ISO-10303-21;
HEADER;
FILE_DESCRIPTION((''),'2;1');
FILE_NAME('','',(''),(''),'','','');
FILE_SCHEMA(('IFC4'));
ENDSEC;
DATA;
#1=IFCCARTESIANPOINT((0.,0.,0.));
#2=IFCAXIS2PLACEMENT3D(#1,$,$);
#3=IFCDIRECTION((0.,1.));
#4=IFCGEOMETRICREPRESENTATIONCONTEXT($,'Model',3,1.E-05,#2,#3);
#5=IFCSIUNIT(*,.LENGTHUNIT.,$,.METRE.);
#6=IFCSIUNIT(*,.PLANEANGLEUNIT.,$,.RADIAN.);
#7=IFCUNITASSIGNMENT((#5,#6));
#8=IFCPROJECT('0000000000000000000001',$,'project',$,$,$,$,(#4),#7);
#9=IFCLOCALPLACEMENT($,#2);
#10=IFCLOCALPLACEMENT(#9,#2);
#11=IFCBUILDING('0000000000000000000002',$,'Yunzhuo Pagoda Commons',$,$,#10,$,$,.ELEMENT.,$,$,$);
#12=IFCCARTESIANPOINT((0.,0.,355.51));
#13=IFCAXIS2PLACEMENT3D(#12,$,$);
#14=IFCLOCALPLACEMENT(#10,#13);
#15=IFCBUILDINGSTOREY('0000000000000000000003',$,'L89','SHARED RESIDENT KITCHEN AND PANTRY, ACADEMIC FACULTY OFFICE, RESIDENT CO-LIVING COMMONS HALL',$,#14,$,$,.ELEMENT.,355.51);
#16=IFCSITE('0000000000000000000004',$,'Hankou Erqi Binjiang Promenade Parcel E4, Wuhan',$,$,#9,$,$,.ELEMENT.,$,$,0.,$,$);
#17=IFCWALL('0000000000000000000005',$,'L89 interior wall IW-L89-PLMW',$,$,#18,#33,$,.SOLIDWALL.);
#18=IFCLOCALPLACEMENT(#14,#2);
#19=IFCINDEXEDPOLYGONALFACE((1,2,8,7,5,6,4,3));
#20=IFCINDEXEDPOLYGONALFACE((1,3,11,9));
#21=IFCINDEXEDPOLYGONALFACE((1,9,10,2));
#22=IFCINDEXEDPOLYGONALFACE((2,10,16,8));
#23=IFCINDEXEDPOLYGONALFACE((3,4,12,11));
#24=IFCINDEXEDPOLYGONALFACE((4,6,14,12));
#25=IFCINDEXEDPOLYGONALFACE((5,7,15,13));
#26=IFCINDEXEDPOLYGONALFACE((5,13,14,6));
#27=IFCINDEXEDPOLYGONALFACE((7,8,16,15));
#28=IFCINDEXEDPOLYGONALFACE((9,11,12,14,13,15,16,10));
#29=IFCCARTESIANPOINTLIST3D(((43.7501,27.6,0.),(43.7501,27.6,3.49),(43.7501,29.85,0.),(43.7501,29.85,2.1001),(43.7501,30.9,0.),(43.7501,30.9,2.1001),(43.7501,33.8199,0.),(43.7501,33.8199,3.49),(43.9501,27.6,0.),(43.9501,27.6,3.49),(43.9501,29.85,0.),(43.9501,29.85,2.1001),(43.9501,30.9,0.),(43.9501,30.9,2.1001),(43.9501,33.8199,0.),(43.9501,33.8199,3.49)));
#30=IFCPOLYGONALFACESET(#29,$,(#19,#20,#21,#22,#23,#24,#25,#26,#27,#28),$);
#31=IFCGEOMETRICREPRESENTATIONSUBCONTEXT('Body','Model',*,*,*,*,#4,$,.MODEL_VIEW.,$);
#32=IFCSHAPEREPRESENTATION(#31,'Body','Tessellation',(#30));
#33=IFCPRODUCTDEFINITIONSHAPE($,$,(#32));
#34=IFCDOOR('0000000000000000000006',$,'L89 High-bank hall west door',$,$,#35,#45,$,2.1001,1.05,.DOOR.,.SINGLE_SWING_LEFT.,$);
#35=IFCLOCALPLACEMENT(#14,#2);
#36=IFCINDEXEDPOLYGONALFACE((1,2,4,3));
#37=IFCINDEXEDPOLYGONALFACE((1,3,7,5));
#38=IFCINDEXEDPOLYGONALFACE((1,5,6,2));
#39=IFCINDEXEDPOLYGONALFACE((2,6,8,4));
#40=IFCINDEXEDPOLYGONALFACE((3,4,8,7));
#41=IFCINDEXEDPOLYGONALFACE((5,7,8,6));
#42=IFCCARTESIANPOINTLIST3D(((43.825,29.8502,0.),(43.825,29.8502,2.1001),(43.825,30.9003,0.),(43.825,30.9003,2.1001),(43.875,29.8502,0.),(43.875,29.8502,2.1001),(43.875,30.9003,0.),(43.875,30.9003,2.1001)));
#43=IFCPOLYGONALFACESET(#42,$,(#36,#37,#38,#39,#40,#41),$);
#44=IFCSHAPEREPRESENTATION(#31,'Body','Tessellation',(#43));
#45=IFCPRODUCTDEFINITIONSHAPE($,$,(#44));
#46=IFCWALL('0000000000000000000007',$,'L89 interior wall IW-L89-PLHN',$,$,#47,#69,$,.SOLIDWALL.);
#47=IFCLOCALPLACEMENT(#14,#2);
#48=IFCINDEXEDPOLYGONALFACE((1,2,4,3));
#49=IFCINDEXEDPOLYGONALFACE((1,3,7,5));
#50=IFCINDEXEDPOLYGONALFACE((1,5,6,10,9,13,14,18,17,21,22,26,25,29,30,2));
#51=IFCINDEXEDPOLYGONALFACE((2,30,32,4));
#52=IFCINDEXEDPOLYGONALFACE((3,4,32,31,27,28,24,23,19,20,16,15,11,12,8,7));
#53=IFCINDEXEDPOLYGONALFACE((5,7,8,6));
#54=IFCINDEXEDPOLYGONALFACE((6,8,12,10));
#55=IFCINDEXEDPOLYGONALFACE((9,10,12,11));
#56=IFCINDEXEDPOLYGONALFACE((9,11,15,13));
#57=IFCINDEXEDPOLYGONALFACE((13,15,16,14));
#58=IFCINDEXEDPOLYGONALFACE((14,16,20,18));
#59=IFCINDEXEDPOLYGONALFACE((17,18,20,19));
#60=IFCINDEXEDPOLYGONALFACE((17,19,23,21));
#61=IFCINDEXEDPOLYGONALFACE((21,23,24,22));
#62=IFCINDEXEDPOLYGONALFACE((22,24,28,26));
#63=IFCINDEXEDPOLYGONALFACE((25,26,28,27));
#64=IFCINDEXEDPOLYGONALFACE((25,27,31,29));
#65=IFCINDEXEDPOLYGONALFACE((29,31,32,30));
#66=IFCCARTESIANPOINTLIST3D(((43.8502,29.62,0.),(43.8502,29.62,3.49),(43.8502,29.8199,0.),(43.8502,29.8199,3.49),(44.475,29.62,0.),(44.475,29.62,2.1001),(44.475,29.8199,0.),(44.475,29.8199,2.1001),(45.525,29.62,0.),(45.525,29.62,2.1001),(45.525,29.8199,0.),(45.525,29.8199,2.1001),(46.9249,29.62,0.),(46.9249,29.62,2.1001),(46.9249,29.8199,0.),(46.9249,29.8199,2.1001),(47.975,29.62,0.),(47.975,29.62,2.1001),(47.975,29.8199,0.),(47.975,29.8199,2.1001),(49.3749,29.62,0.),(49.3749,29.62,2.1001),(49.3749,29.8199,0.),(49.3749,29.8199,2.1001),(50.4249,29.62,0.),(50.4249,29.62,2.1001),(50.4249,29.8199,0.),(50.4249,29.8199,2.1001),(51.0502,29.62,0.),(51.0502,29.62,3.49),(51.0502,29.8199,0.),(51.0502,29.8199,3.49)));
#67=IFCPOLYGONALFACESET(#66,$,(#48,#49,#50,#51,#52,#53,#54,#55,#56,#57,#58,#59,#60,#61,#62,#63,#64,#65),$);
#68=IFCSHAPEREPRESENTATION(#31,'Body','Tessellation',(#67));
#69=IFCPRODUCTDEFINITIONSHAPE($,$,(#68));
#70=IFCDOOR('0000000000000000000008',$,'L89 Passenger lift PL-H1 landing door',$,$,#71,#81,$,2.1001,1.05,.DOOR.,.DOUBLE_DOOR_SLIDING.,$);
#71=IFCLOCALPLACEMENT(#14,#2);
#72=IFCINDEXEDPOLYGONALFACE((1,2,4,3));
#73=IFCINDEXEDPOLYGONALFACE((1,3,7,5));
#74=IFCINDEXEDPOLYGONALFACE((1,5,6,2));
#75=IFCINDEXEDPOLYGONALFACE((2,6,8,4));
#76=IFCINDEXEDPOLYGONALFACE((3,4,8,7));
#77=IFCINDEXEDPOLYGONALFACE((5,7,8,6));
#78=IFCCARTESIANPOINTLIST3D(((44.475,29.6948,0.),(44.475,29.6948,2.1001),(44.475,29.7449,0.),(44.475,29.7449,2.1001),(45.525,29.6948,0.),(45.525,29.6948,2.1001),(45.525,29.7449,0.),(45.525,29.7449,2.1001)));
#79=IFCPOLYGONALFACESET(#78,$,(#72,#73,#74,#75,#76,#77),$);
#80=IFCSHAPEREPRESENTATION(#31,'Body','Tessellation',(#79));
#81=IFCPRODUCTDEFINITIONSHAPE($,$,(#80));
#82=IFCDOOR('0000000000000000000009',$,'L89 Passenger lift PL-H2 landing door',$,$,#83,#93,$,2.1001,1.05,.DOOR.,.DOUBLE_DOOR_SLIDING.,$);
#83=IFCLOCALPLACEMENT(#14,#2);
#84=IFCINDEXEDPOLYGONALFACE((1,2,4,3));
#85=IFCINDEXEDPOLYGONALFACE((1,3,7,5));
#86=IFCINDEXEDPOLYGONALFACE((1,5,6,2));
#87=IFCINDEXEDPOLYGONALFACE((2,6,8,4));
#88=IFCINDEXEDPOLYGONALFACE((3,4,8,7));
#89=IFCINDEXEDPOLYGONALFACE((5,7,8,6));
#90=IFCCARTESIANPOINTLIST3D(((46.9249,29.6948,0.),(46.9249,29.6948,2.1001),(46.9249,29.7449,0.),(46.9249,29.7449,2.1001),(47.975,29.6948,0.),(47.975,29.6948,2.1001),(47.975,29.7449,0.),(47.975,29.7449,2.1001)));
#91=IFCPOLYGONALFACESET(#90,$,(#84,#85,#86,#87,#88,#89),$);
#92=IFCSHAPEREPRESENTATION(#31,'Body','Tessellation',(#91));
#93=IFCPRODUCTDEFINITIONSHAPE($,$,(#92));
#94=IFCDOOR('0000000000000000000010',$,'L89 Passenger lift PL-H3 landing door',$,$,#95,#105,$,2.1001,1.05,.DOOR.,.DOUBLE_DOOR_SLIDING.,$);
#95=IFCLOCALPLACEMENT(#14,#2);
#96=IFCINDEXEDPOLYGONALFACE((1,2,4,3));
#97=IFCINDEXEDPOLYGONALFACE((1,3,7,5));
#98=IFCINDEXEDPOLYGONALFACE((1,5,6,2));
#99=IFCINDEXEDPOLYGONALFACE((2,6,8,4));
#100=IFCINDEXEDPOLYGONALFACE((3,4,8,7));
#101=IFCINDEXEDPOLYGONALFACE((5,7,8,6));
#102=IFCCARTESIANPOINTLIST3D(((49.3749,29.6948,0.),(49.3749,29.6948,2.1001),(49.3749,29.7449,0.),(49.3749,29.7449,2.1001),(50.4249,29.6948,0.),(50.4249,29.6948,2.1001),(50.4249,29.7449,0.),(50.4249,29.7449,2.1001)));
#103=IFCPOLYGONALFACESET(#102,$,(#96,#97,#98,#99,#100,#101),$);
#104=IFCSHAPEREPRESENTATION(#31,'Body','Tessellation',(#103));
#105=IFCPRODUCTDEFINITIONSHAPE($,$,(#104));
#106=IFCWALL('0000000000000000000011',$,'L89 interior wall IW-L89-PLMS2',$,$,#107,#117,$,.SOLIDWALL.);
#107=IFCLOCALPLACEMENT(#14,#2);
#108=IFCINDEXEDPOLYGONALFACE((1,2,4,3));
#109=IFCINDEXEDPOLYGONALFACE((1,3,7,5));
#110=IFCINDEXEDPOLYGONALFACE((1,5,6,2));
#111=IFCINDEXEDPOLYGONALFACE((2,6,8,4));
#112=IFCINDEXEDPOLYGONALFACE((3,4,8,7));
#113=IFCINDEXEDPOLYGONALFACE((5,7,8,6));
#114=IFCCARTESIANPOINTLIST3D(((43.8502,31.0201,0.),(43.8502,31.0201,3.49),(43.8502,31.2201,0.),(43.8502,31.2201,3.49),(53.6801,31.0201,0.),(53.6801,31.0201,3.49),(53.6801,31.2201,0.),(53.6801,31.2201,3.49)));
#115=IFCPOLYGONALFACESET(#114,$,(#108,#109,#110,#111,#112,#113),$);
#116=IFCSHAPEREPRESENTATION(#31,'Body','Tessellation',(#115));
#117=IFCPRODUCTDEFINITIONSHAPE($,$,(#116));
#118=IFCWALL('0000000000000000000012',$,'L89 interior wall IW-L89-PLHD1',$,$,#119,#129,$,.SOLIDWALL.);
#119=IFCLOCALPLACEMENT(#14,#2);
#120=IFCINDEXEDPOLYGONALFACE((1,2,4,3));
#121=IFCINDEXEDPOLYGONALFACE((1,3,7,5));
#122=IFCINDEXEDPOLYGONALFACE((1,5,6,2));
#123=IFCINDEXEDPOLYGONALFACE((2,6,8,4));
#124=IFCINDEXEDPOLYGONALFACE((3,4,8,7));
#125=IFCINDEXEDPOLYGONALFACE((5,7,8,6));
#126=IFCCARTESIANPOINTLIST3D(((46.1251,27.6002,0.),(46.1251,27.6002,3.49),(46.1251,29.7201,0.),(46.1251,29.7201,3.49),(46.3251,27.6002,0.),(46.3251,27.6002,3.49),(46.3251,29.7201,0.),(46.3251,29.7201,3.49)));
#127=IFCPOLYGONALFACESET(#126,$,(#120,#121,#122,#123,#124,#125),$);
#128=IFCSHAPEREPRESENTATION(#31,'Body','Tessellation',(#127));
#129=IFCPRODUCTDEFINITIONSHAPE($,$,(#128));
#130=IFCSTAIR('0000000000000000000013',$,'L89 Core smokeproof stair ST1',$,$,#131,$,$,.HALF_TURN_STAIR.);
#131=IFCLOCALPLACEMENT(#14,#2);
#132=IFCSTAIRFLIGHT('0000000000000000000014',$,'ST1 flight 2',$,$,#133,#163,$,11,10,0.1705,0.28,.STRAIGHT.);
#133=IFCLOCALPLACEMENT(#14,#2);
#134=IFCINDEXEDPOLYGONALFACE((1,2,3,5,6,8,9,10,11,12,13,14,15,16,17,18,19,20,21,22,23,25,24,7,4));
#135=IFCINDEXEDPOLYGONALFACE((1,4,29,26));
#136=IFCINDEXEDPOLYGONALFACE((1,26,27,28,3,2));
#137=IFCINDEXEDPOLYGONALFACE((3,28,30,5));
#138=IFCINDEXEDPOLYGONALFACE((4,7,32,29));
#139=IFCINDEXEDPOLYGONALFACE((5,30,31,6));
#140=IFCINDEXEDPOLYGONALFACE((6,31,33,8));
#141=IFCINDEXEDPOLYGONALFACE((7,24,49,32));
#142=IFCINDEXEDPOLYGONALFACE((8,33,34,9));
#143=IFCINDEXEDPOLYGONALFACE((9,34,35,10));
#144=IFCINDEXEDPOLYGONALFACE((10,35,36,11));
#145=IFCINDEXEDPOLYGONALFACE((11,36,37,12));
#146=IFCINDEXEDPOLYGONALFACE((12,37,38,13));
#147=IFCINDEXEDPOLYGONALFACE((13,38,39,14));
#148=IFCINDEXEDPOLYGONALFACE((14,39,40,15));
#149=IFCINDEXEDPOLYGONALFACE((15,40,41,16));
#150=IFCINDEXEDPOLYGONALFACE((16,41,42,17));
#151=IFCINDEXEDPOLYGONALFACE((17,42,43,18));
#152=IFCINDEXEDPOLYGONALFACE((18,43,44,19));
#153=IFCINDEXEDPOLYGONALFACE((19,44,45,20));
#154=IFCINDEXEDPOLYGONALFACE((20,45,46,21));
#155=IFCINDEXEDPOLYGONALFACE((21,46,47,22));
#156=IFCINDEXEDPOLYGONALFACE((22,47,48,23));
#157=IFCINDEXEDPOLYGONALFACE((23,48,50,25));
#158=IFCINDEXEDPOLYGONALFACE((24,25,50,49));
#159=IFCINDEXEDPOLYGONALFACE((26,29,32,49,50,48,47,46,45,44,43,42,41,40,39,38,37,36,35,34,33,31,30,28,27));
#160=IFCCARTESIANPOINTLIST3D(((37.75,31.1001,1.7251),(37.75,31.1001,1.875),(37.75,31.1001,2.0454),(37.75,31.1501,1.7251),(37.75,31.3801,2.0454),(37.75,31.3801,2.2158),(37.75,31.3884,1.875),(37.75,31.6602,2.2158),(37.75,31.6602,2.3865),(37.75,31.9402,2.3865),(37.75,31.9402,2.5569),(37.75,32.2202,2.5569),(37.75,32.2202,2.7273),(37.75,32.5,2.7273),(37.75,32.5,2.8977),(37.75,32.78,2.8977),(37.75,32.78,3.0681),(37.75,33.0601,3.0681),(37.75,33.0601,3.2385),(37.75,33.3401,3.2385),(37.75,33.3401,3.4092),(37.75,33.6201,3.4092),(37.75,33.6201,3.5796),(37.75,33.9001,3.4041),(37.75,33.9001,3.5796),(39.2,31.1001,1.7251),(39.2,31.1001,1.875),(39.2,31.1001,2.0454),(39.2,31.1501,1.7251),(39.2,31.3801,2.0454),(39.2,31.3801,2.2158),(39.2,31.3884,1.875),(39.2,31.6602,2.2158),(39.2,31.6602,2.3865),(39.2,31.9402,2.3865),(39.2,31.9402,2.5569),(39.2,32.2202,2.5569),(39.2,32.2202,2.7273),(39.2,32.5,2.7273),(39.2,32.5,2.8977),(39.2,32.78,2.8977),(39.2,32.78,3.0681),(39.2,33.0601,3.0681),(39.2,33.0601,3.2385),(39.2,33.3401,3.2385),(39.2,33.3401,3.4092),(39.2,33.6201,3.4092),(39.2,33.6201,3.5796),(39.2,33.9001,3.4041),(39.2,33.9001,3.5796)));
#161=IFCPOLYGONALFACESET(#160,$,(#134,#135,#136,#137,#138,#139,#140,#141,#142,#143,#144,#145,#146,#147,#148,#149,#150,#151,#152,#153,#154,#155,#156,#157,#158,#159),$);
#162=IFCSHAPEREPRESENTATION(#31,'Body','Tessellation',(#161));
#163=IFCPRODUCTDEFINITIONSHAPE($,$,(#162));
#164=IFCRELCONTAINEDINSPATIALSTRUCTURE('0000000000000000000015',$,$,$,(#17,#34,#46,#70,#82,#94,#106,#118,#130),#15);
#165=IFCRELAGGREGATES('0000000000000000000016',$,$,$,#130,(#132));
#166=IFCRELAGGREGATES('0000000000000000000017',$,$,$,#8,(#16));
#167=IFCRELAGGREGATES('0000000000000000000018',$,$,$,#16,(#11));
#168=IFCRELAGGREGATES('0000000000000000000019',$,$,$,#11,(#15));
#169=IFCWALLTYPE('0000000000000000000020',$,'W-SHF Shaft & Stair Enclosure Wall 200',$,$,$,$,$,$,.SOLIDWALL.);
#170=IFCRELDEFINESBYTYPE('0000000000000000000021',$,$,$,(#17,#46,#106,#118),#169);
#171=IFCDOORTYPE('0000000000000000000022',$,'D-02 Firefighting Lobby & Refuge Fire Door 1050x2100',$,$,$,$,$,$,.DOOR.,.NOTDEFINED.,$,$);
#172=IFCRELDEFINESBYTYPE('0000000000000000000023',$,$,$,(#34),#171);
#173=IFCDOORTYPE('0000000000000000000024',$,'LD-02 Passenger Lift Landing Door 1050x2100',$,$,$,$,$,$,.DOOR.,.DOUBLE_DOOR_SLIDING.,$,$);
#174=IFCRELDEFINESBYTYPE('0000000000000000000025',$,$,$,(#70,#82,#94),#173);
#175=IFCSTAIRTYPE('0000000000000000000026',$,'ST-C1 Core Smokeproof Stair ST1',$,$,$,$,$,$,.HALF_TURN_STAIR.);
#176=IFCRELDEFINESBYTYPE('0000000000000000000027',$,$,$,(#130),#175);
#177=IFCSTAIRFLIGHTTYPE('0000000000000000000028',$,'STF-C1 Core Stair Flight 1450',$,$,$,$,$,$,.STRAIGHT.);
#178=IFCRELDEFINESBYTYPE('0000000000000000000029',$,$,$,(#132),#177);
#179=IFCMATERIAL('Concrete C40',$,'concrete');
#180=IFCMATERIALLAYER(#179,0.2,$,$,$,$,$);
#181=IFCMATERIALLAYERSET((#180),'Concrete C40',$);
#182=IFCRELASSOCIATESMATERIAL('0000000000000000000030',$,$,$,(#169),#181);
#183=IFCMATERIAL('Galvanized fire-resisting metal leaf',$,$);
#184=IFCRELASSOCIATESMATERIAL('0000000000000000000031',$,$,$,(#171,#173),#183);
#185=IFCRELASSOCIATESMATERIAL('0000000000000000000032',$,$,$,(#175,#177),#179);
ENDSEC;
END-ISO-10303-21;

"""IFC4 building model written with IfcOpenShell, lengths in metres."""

from ifc_helpers import new_model, si_unit, direction, frame, frame_2d, origin, origin_with_axes, place, context, subcontext, project, spatial, polyline, rectangle, outline, extrude, source, transform, mapped, material, layer, layer_set, type_object, element, fill, aggregate, save


model = new_model("IFC4")

# Units and contexts
model_context = context("Model", 3, precision=1e-05, world=origin(), true_north=direction((0.0, 1.0)))
body_context = subcontext(model_context, "Body", "Model", "MODEL_VIEW")
ifc_project = project(units=[si_unit("LENGTHUNIT", "METRE"), si_unit("PLANEANGLEUNIT", "RADIAN")], contexts=[model_context])

# Site, building, storey
site_placement = place(None, origin())
site = spatial("IfcSite", under=ifc_project, at=site_placement, Name="Hankou Erqi Binjiang Promenade Parcel E4, Wuhan", CompositionType="ELEMENT", RefElevation=0.0)
building_placement = place(site_placement, origin())
building = spatial("IfcBuilding", under=site, at=building_placement, Name="Yunzhuo Pagoda Commons", CompositionType="ELEMENT")
storey_placement = place(building_placement, frame((0.0, 0.0, 355.51)))
storey = spatial("IfcBuildingStorey", under=building, at=storey_placement, Name="L89", Description="SHARED RESIDENT KITCHEN AND PANTRY, ACADEMIC FACULTY OFFICE, RESIDENT CO-LIVING COMMONS HALL", CompositionType="ELEMENT", Elevation=355.51)

# Shared definitions
ifc_material_1 = material(Name="Galvanized fire-resisting metal leaf")

# Wall, opening, door
ifc_material_2 = material(Name="Concrete C40", Category="concrete")
ifc_layer_1 = layer(ifc_material_2, 0.2)
ifc_layer_set_1 = layer_set([ifc_layer_1], Name="Concrete C40")
wall_type_1 = type_object("IfcWallType", Name="W-SHF Shaft & Stair Enclosure Wall 200", PredefinedType="SOLIDWALL", material=ifc_layer_set_1)
wall_1_placement = place(storey_placement, frame((43.8501, 27.6001, 0.0), z_axis=(0.0, 0.0, 1.0), x_axis=(0.0, 1.0, 0.0)))
wall_1 = element("IfcWall", 1, at=wall_1_placement, inside=storey, type_object=wall_type_1, Name="L89 interior wall IW-L89-PLMW", PredefinedType="SOLIDWALL", context=body_context, shape_type="SweptSolid", body=[
    extrude(rectangle(XDim=6.22, YDim=0.2, at=frame_2d((3.1099, 0.0))), origin(), (0.0, 0.0, 1.0), 3.49),
])
opening_1_placement = place(wall_1_placement, frame((2.25, 0.0, 0.0)))
opening_1 = element("IfcOpeningElement", 2, at=opening_1_placement, cuts=wall_1, PredefinedType="OPENING", context=body_context, shape_type="SweptSolid", body=[
    extrude(rectangle(XDim=1.05, YDim=2.1001, at=frame_2d((0.5249, 1.05))), frame((0.0, 0.1099, 0.0), z_axis=(0.0, -1.0, 0.0), x_axis=(1.0, 0.0, 0.0)), (0.0, 0.0, 1.0), 0.22),
])
door_type_1 = type_object("IfcDoorType", Name="D-02 Firefighting Lobby & Refuge Fire Door 1050x2100", OperationType="NOTDEFINED", PredefinedType="DOOR", material=ifc_material_1)
shared_shape_1 = source(origin(), body_context, "Body", "SweptSolid", [
    extrude(rectangle(XDim=1.05, YDim=2.1001, at=frame_2d((0.5249, 1.05))), frame((0.0, 0.0249, 0.0), z_axis=(0.0, -1.0, 0.0), x_axis=(1.0, 0.0, 0.0)), (0.0, 0.0, 1.0), 0.05),
])
door_1_placement = place(opening_1_placement, frame((1.05, 0.0, 0.0), z_axis=(0.0, 0.0, 1.0), x_axis=(-1.0, 0.0, 0.0)))
door_1 = element("IfcDoor", 3, at=door_1_placement, inside=storey, type_object=door_type_1, Name="L89 High-bank hall west door", OperationType="SINGLE_SWING_LEFT", OverallHeight=2.1001, OverallWidth=1.05, PredefinedType="DOOR", context=body_context, shape_type="MappedRepresentation", body=[
    mapped(shared_shape_1, transform((0.0, 0.0, 0.0), scale=1.0)),
])
fill(opening_1, door_1)

# Wall, openings, doors
wall_2_placement = place(storey_placement, frame((43.8501, 29.72, 0.0), z_axis=(0.0, 0.0, 1.0), x_axis=(1.0, 0.0, 0.0)))
wall_2 = element("IfcWall", 4, at=wall_2_placement, inside=storey, type_object=wall_type_1, Name="L89 interior wall IW-L89-PLHN", PredefinedType="SOLIDWALL", context=body_context, shape_type="SweptSolid", body=[
    extrude(rectangle(XDim=7.2, YDim=0.2, at=frame_2d((3.6001, 0.0))), origin(), (0.0, 0.0, 1.0), 3.49),
])
opening_2_placement = place(wall_2_placement, frame((0.625, 0.0, 0.0)))
opening_2 = element("IfcOpeningElement", 5, at=opening_2_placement, cuts=wall_2, PredefinedType="OPENING", context=body_context, shape_type="SweptSolid", body=[
    extrude(rectangle(XDim=1.05, YDim=2.1001, at=frame_2d((0.5249, 1.05))), frame((0.0, 0.1099, 0.0), z_axis=(0.0, -1.0, 0.0), x_axis=(1.0, 0.0, 0.0)), (0.0, 0.0, 1.0), 0.22),
])
opening_3_placement = place(wall_2_placement, frame((3.075, 0.0, 0.0)))
opening_3 = element("IfcOpeningElement", 6, at=opening_3_placement, cuts=wall_2, PredefinedType="OPENING", context=body_context, shape_type="SweptSolid", body=[
    extrude(rectangle(XDim=1.05, YDim=2.1001, at=frame_2d((0.5249, 1.05))), frame((0.0, 0.1099, 0.0), z_axis=(0.0, -1.0, 0.0), x_axis=(1.0, 0.0, 0.0)), (0.0, 0.0, 1.0), 0.22),
])
opening_4_placement = place(wall_2_placement, frame((5.5249, 0.0, 0.0)))
opening_4 = element("IfcOpeningElement", 7, at=opening_4_placement, cuts=wall_2, PredefinedType="OPENING", context=body_context, shape_type="SweptSolid", body=[
    extrude(rectangle(XDim=1.05, YDim=2.1001, at=frame_2d((0.5249, 1.05))), frame((0.0, 0.1099, 0.0), z_axis=(0.0, -1.0, 0.0), x_axis=(1.0, 0.0, 0.0)), (0.0, 0.0, 1.0), 0.22),
])
door_type_2 = type_object("IfcDoorType", Name="LD-02 Passenger Lift Landing Door 1050x2100", OperationType="DOUBLE_DOOR_SLIDING", PredefinedType="DOOR", material=ifc_material_1)
door_2_placement = place(opening_2_placement, origin_with_axes())
door_2 = element("IfcDoor", 8, at=door_2_placement, inside=storey, type_object=door_type_2, Name="L89 Passenger lift PL-H1 landing door", OperationType="DOUBLE_DOOR_SLIDING", OverallHeight=2.1001, OverallWidth=1.05, PredefinedType="DOOR", context=body_context, shape_type="MappedRepresentation", body=[
    mapped(shared_shape_1, transform((0.0, 0.0, 0.0), scale=1.0)),
])
fill(opening_2, door_2)
door_3_placement = place(opening_3_placement, origin_with_axes())
door_3 = element("IfcDoor", 9, at=door_3_placement, inside=storey, type_object=door_type_2, Name="L89 Passenger lift PL-H2 landing door", OperationType="DOUBLE_DOOR_SLIDING", OverallHeight=2.1001, OverallWidth=1.05, PredefinedType="DOOR", context=body_context, shape_type="MappedRepresentation", body=[
    mapped(shared_shape_1, transform((0.0, 0.0, 0.0), scale=1.0)),
])
fill(opening_3, door_3)
door_4_placement = place(opening_4_placement, origin_with_axes())
door_4 = element("IfcDoor", 10, at=door_4_placement, inside=storey, type_object=door_type_2, Name="L89 Passenger lift PL-H3 landing door", OperationType="DOUBLE_DOOR_SLIDING", OverallHeight=2.1001, OverallWidth=1.05, PredefinedType="DOOR", context=body_context, shape_type="MappedRepresentation", body=[
    mapped(shared_shape_1, transform((0.0, 0.0, 0.0), scale=1.0)),
])
fill(opening_4, door_4)

# Walls
wall_3_placement = place(storey_placement, frame((43.8501, 31.1201, 0.0), z_axis=(0.0, 0.0, 1.0), x_axis=(1.0, 0.0, 0.0)))
element("IfcWall", 11, at=wall_3_placement, inside=storey, type_object=wall_type_1, Name="L89 interior wall IW-L89-PLMS2", PredefinedType="SOLIDWALL", context=body_context, shape_type="SweptSolid", body=[
    extrude(rectangle(XDim=9.8298, YDim=0.2, at=frame_2d((4.915, 0.0))), origin(), (0.0, 0.0, 1.0), 3.49),
])
wall_4_placement = place(storey_placement, frame((46.2251, 27.6001, 0.0), z_axis=(0.0, 0.0, 1.0), x_axis=(0.0, 1.0, 0.0)))
element("IfcWall", 12, at=wall_4_placement, inside=storey, type_object=wall_type_1, Name="L89 interior wall IW-L89-PLHD1", PredefinedType="SOLIDWALL", context=body_context, shape_type="SweptSolid", body=[
    extrude(rectangle(XDim=2.1199, YDim=0.2, at=frame_2d((1.0601, 0.0))), origin(), (0.0, 0.0, 1.0), 3.49),
])

# Stair, stair flight
stair_type = type_object("IfcStairType", Name="ST-C1 Core Smokeproof Stair ST1", PredefinedType="HALF_TURN_STAIR", material=ifc_material_2)
stair_placement = place(storey_placement, origin())
stair = element("IfcStair", 13, at=stair_placement, inside=storey, type_object=stair_type, Name="L89 Core smokeproof stair ST1", PredefinedType="HALF_TURN_STAIR")
stair_flight_type = type_object("IfcStairFlightType", Name="STF-C1 Core Stair Flight 1450", PredefinedType="STRAIGHT", material=ifc_material_2)
shared_shape_2 = source(origin(), body_context, "Body", "SweptSolid", [
    extrude(outline(polyline([(0.0, -0.1499), (0.0, 0.0), (0.0, 0.1704), (0.28, 0.1704), (0.28, 0.3408), (0.5601, 0.3408), (0.5601, 0.5115), (0.8401, 0.5115), (0.8401, 0.6819), (1.1201, 0.6819), (1.1201, 0.8523), (1.3999, 0.8523), (1.3999, 1.0227), (1.6799, 1.0227), (1.6799, 1.1931), (1.96, 1.1931), (1.96, 1.3635), (2.24, 1.3635), (2.24, 1.5342), (2.52, 1.5342), (2.52, 1.7046), (2.8, 1.7046), (2.8, 1.875), (2.8, 1.5291), (0.2883, 0.0), (0.05, -0.1499), (0.0, -0.1499)])), frame((0.0, 0.7251, 0.0), z_axis=(0.0, -1.0, 0.0), x_axis=(1.0, 0.0, 0.0)), (0.0, 0.0, 1.0), 1.45),
])
stair_flight_placement = place(storey_placement, frame((38.4751, 31.1001, 1.875), z_axis=(0.0, 0.0, 1.0), x_axis=(0.0, 1.0, 0.0)))
stair_flight = element("IfcStairFlight", 14, at=stair_flight_placement, type_object=stair_flight_type, Name="ST1 flight 2", NumberOfRisers=11, NumberOfTreads=10, PredefinedType="STRAIGHT", RiserHeight=0.1705, TreadLength=0.28, context=body_context, shape_type="MappedRepresentation", body=[
    mapped(shared_shape_2, transform((0.0, 0.0, 0.0), scale=1.0)),
])
aggregate(stair, [stair_flight])

save(model, "model.ifc")
